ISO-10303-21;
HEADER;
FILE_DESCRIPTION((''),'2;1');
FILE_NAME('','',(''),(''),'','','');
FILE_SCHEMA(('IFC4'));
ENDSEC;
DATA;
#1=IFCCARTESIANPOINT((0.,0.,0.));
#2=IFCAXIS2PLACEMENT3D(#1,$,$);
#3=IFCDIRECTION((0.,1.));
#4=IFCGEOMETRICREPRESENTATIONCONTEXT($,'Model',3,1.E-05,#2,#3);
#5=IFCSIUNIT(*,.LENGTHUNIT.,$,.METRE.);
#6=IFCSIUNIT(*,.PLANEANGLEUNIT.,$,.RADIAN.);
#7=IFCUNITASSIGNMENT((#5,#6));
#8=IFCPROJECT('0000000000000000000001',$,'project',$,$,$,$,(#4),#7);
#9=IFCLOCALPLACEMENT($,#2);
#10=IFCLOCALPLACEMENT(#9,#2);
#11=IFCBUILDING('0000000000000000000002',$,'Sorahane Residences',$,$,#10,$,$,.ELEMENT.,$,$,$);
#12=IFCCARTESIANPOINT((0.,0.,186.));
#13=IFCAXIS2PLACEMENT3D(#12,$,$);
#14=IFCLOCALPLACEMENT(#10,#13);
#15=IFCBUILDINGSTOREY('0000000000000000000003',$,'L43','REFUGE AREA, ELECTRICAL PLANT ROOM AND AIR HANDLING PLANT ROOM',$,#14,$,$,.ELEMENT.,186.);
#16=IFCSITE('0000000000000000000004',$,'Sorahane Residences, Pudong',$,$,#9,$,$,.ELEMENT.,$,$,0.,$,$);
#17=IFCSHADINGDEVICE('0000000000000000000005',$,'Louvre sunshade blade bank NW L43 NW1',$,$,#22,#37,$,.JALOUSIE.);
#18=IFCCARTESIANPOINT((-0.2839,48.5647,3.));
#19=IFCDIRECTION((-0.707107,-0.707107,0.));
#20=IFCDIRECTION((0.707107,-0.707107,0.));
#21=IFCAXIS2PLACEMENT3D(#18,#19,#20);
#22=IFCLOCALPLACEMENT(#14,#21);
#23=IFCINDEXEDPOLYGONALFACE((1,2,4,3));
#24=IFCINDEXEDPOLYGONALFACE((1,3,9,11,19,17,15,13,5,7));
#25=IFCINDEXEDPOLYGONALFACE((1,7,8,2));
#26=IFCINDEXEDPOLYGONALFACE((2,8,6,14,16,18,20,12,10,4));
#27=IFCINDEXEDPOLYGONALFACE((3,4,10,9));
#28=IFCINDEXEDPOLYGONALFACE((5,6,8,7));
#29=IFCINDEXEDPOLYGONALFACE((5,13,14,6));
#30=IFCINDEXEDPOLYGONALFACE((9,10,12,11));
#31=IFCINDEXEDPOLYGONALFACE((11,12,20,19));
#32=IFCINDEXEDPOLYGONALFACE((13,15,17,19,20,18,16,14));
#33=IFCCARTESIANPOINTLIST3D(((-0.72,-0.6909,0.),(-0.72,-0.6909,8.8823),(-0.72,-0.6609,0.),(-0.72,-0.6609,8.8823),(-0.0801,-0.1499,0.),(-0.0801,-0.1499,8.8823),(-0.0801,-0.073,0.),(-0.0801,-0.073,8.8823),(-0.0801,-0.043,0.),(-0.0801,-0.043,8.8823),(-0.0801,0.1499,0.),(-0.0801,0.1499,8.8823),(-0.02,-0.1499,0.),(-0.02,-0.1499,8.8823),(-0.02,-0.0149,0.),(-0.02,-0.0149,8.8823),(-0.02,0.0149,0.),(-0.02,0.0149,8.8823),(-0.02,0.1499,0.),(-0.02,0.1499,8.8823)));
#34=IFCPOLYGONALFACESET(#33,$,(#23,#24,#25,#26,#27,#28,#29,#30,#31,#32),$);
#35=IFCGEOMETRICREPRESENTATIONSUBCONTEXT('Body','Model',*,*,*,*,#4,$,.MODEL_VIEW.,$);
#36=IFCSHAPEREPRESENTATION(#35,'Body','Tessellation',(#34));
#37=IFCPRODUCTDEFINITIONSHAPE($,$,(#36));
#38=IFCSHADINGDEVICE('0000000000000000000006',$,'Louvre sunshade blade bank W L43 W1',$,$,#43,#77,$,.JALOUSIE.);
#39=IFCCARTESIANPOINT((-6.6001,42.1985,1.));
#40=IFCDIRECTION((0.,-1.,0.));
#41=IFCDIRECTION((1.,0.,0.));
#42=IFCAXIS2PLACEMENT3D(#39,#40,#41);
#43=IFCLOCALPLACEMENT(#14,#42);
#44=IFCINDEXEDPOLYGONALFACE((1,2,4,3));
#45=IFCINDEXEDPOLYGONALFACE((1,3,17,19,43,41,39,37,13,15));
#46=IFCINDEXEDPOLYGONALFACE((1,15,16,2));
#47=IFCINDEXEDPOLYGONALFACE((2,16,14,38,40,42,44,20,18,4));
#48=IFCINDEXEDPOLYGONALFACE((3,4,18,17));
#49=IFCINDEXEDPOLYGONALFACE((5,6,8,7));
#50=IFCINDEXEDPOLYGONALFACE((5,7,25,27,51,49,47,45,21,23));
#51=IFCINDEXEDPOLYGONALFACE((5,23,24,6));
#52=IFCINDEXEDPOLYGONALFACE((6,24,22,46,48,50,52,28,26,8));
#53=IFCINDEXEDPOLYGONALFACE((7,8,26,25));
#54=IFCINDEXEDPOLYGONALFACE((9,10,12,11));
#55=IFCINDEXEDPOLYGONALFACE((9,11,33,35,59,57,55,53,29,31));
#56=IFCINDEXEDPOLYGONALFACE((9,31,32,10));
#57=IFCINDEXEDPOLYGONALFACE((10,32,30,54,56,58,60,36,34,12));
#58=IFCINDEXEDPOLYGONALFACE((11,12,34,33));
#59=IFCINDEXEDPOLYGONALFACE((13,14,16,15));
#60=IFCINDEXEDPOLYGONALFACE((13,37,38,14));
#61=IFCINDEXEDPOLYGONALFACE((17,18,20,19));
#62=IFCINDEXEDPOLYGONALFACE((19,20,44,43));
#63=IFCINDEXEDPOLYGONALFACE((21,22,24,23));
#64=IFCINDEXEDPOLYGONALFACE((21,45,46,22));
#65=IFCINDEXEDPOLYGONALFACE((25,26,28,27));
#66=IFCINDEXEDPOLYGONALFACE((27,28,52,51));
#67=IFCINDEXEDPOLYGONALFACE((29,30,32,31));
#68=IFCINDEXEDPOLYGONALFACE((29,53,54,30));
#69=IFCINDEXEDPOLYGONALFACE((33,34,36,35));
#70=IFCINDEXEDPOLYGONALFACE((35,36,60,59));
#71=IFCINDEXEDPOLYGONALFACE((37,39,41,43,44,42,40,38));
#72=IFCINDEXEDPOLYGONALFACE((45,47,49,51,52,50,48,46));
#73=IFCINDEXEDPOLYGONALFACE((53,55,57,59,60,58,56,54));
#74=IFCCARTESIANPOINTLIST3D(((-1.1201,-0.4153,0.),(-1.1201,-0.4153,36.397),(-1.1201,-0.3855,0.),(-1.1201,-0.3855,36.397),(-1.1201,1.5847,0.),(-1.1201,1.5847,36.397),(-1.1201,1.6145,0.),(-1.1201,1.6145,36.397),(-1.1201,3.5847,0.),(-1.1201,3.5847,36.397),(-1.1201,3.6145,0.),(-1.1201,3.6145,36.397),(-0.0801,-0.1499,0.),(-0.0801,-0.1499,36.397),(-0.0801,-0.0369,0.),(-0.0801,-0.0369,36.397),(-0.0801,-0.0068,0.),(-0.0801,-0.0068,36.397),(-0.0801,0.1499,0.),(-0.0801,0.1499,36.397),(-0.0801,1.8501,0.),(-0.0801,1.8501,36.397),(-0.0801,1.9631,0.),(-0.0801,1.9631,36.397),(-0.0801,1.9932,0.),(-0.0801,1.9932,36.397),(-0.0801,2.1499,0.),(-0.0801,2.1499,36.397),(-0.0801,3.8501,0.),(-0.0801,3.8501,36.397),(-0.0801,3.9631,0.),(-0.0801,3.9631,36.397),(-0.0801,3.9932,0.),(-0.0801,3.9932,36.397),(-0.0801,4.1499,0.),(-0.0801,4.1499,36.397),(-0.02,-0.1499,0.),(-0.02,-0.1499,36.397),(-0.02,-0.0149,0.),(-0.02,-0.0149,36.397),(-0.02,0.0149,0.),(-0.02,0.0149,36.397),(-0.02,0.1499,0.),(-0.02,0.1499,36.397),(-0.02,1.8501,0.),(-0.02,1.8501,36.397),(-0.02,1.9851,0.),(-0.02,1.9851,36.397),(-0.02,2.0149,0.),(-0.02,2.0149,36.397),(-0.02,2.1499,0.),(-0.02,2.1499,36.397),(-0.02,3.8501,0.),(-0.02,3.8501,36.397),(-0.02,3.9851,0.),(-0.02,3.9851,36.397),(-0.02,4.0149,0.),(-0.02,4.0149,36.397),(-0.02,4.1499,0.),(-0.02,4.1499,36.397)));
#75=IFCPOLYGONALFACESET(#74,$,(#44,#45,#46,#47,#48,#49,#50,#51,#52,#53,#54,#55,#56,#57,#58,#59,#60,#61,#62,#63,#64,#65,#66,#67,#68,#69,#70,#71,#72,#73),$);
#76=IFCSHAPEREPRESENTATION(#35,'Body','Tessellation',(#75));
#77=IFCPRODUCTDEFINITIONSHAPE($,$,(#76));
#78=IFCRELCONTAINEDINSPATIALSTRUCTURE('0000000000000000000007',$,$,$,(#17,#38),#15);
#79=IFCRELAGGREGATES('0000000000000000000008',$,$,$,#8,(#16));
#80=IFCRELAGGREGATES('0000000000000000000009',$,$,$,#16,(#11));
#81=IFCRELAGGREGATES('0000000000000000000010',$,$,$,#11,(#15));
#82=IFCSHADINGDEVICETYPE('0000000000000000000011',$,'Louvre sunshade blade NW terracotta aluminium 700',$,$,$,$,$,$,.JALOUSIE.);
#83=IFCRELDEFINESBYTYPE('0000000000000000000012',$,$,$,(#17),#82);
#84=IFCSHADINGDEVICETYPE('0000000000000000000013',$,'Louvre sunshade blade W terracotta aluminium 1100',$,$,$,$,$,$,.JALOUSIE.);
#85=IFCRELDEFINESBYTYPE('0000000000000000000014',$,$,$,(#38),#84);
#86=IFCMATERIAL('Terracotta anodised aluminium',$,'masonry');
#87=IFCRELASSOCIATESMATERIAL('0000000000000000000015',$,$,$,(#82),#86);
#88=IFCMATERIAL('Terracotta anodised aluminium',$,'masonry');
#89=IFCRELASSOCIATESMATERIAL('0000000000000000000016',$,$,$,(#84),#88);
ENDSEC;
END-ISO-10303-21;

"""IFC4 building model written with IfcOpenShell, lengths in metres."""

from ifc_helpers import new_model, si_unit, direction, frame, origin, place, context, subcontext, project, spatial, polyline, outline, composite_profile, extrude, material, type_object, element, save


model = new_model("IFC4")

# Units and contexts
model_context = context("Model", 3, precision=1e-05, world=origin(), true_north=direction((0.0, 1.0)))
body_context = subcontext(model_context, "Body", "Model", "MODEL_VIEW")
ifc_project = project(units=[si_unit("LENGTHUNIT", "METRE"), si_unit("PLANEANGLEUNIT", "RADIAN")], contexts=[model_context])

# Site, building, storey
site_placement = place(None, origin())
site = spatial("IfcSite", under=ifc_project, at=site_placement, Name="Sorahane Residences, Pudong", CompositionType="ELEMENT", RefElevation=0.0)
building_placement = place(site_placement, origin())
building = spatial("IfcBuilding", under=site, at=building_placement, Name="Sorahane Residences", CompositionType="ELEMENT")
storey_placement = place(building_placement, frame((0.0, 0.0, 186.0)))
storey = spatial("IfcBuildingStorey", under=building, at=storey_placement, Name="L43", Description="REFUGE AREA, ELECTRICAL PLANT ROOM AND AIR HANDLING PLANT ROOM", CompositionType="ELEMENT", Elevation=186.0)

# Shading devices
ifc_material_1 = material(Name="Terracotta anodised aluminium", Category="masonry")
shading_device_type_1 = type_object("IfcShadingDeviceType", Name="Louvre sunshade blade NW terracotta aluminium 700", PredefinedType="JALOUSIE", material=ifc_material_1)
shading_device_1_placement = place(storey_placement, frame((-0.2839, 48.5647, 3.0), z_axis=(-0.707107, -0.707107, 0.0), x_axis=(0.707107, -0.707107, 0.0)))
element("IfcShadingDevice", 1, at=shading_device_1_placement, inside=storey, type_object=shading_device_type_1, Name="Louvre sunshade blade bank NW L43 NW1", PredefinedType="JALOUSIE", context=body_context, shape_type="SweptSolid", body=[
    extrude(outline(polyline([(-0.72, -0.6609), (-0.72, -0.6909), (-0.0801, -0.073), (-0.0801, -0.1499), (-0.02, -0.1499), (-0.02, -0.0149), (-0.02, 0.0149), (-0.02, 0.1499), (-0.0801, 0.1499), (-0.0801, -0.043), (-0.72, -0.6609)])), origin(), (0.0, 0.0, 1.0), 8.8823),
])
ifc_material_2 = material(Name="Terracotta anodised aluminium", Category="masonry")
shading_device_type_2 = type_object("IfcShadingDeviceType", Name="Louvre sunshade blade W terracotta aluminium 1100", PredefinedType="JALOUSIE", material=ifc_material_2)
shading_device_2_placement = place(storey_placement, frame((-6.6001, 42.1985, 1.0), z_axis=(0.0, -1.0, 0.0), x_axis=(1.0, 0.0, 0.0)))
element("IfcShadingDevice", 2, at=shading_device_2_placement, inside=storey, type_object=shading_device_type_2, Name="Louvre sunshade blade bank W L43 W1", PredefinedType="JALOUSIE", context=body_context, shape_type="SweptSolid", body=[
    extrude(composite_profile([outline(polyline([(-1.1201, -0.3855), (-1.1201, -0.4153), (-0.0801, -0.0369), (-0.0801, -0.1499), (-0.02, -0.1499), (-0.02, -0.0149), (-0.02, 0.0149), (-0.02, 0.1499), (-0.0801, 0.1499), (-0.0801, -0.0068), (-1.1201, -0.3855)])), outline(polyline([(-1.1201, 1.6145), (-1.1201, 1.5847), (-0.0801, 1.9631), (-0.0801, 1.8501), (-0.02, 1.8501), (-0.02, 1.9851), (-0.02, 2.0149), (-0.02, 2.1499), (-0.0801, 2.1499), (-0.0801, 1.9932), (-1.1201, 1.6145)])), outline(polyline([(-1.1201, 3.6145), (-1.1201, 3.5847), (-0.0801, 3.9631), (-0.0801, 3.8501), (-0.02, 3.8501), (-0.02, 3.9851), (-0.02, 4.0149), (-0.02, 4.1499), (-0.0801, 4.1499), (-0.0801, 3.9932), (-1.1201, 3.6145)]))]), origin(), (0.0, 0.0, 1.0), 36.397),
])

save(model, "model.ifc")
